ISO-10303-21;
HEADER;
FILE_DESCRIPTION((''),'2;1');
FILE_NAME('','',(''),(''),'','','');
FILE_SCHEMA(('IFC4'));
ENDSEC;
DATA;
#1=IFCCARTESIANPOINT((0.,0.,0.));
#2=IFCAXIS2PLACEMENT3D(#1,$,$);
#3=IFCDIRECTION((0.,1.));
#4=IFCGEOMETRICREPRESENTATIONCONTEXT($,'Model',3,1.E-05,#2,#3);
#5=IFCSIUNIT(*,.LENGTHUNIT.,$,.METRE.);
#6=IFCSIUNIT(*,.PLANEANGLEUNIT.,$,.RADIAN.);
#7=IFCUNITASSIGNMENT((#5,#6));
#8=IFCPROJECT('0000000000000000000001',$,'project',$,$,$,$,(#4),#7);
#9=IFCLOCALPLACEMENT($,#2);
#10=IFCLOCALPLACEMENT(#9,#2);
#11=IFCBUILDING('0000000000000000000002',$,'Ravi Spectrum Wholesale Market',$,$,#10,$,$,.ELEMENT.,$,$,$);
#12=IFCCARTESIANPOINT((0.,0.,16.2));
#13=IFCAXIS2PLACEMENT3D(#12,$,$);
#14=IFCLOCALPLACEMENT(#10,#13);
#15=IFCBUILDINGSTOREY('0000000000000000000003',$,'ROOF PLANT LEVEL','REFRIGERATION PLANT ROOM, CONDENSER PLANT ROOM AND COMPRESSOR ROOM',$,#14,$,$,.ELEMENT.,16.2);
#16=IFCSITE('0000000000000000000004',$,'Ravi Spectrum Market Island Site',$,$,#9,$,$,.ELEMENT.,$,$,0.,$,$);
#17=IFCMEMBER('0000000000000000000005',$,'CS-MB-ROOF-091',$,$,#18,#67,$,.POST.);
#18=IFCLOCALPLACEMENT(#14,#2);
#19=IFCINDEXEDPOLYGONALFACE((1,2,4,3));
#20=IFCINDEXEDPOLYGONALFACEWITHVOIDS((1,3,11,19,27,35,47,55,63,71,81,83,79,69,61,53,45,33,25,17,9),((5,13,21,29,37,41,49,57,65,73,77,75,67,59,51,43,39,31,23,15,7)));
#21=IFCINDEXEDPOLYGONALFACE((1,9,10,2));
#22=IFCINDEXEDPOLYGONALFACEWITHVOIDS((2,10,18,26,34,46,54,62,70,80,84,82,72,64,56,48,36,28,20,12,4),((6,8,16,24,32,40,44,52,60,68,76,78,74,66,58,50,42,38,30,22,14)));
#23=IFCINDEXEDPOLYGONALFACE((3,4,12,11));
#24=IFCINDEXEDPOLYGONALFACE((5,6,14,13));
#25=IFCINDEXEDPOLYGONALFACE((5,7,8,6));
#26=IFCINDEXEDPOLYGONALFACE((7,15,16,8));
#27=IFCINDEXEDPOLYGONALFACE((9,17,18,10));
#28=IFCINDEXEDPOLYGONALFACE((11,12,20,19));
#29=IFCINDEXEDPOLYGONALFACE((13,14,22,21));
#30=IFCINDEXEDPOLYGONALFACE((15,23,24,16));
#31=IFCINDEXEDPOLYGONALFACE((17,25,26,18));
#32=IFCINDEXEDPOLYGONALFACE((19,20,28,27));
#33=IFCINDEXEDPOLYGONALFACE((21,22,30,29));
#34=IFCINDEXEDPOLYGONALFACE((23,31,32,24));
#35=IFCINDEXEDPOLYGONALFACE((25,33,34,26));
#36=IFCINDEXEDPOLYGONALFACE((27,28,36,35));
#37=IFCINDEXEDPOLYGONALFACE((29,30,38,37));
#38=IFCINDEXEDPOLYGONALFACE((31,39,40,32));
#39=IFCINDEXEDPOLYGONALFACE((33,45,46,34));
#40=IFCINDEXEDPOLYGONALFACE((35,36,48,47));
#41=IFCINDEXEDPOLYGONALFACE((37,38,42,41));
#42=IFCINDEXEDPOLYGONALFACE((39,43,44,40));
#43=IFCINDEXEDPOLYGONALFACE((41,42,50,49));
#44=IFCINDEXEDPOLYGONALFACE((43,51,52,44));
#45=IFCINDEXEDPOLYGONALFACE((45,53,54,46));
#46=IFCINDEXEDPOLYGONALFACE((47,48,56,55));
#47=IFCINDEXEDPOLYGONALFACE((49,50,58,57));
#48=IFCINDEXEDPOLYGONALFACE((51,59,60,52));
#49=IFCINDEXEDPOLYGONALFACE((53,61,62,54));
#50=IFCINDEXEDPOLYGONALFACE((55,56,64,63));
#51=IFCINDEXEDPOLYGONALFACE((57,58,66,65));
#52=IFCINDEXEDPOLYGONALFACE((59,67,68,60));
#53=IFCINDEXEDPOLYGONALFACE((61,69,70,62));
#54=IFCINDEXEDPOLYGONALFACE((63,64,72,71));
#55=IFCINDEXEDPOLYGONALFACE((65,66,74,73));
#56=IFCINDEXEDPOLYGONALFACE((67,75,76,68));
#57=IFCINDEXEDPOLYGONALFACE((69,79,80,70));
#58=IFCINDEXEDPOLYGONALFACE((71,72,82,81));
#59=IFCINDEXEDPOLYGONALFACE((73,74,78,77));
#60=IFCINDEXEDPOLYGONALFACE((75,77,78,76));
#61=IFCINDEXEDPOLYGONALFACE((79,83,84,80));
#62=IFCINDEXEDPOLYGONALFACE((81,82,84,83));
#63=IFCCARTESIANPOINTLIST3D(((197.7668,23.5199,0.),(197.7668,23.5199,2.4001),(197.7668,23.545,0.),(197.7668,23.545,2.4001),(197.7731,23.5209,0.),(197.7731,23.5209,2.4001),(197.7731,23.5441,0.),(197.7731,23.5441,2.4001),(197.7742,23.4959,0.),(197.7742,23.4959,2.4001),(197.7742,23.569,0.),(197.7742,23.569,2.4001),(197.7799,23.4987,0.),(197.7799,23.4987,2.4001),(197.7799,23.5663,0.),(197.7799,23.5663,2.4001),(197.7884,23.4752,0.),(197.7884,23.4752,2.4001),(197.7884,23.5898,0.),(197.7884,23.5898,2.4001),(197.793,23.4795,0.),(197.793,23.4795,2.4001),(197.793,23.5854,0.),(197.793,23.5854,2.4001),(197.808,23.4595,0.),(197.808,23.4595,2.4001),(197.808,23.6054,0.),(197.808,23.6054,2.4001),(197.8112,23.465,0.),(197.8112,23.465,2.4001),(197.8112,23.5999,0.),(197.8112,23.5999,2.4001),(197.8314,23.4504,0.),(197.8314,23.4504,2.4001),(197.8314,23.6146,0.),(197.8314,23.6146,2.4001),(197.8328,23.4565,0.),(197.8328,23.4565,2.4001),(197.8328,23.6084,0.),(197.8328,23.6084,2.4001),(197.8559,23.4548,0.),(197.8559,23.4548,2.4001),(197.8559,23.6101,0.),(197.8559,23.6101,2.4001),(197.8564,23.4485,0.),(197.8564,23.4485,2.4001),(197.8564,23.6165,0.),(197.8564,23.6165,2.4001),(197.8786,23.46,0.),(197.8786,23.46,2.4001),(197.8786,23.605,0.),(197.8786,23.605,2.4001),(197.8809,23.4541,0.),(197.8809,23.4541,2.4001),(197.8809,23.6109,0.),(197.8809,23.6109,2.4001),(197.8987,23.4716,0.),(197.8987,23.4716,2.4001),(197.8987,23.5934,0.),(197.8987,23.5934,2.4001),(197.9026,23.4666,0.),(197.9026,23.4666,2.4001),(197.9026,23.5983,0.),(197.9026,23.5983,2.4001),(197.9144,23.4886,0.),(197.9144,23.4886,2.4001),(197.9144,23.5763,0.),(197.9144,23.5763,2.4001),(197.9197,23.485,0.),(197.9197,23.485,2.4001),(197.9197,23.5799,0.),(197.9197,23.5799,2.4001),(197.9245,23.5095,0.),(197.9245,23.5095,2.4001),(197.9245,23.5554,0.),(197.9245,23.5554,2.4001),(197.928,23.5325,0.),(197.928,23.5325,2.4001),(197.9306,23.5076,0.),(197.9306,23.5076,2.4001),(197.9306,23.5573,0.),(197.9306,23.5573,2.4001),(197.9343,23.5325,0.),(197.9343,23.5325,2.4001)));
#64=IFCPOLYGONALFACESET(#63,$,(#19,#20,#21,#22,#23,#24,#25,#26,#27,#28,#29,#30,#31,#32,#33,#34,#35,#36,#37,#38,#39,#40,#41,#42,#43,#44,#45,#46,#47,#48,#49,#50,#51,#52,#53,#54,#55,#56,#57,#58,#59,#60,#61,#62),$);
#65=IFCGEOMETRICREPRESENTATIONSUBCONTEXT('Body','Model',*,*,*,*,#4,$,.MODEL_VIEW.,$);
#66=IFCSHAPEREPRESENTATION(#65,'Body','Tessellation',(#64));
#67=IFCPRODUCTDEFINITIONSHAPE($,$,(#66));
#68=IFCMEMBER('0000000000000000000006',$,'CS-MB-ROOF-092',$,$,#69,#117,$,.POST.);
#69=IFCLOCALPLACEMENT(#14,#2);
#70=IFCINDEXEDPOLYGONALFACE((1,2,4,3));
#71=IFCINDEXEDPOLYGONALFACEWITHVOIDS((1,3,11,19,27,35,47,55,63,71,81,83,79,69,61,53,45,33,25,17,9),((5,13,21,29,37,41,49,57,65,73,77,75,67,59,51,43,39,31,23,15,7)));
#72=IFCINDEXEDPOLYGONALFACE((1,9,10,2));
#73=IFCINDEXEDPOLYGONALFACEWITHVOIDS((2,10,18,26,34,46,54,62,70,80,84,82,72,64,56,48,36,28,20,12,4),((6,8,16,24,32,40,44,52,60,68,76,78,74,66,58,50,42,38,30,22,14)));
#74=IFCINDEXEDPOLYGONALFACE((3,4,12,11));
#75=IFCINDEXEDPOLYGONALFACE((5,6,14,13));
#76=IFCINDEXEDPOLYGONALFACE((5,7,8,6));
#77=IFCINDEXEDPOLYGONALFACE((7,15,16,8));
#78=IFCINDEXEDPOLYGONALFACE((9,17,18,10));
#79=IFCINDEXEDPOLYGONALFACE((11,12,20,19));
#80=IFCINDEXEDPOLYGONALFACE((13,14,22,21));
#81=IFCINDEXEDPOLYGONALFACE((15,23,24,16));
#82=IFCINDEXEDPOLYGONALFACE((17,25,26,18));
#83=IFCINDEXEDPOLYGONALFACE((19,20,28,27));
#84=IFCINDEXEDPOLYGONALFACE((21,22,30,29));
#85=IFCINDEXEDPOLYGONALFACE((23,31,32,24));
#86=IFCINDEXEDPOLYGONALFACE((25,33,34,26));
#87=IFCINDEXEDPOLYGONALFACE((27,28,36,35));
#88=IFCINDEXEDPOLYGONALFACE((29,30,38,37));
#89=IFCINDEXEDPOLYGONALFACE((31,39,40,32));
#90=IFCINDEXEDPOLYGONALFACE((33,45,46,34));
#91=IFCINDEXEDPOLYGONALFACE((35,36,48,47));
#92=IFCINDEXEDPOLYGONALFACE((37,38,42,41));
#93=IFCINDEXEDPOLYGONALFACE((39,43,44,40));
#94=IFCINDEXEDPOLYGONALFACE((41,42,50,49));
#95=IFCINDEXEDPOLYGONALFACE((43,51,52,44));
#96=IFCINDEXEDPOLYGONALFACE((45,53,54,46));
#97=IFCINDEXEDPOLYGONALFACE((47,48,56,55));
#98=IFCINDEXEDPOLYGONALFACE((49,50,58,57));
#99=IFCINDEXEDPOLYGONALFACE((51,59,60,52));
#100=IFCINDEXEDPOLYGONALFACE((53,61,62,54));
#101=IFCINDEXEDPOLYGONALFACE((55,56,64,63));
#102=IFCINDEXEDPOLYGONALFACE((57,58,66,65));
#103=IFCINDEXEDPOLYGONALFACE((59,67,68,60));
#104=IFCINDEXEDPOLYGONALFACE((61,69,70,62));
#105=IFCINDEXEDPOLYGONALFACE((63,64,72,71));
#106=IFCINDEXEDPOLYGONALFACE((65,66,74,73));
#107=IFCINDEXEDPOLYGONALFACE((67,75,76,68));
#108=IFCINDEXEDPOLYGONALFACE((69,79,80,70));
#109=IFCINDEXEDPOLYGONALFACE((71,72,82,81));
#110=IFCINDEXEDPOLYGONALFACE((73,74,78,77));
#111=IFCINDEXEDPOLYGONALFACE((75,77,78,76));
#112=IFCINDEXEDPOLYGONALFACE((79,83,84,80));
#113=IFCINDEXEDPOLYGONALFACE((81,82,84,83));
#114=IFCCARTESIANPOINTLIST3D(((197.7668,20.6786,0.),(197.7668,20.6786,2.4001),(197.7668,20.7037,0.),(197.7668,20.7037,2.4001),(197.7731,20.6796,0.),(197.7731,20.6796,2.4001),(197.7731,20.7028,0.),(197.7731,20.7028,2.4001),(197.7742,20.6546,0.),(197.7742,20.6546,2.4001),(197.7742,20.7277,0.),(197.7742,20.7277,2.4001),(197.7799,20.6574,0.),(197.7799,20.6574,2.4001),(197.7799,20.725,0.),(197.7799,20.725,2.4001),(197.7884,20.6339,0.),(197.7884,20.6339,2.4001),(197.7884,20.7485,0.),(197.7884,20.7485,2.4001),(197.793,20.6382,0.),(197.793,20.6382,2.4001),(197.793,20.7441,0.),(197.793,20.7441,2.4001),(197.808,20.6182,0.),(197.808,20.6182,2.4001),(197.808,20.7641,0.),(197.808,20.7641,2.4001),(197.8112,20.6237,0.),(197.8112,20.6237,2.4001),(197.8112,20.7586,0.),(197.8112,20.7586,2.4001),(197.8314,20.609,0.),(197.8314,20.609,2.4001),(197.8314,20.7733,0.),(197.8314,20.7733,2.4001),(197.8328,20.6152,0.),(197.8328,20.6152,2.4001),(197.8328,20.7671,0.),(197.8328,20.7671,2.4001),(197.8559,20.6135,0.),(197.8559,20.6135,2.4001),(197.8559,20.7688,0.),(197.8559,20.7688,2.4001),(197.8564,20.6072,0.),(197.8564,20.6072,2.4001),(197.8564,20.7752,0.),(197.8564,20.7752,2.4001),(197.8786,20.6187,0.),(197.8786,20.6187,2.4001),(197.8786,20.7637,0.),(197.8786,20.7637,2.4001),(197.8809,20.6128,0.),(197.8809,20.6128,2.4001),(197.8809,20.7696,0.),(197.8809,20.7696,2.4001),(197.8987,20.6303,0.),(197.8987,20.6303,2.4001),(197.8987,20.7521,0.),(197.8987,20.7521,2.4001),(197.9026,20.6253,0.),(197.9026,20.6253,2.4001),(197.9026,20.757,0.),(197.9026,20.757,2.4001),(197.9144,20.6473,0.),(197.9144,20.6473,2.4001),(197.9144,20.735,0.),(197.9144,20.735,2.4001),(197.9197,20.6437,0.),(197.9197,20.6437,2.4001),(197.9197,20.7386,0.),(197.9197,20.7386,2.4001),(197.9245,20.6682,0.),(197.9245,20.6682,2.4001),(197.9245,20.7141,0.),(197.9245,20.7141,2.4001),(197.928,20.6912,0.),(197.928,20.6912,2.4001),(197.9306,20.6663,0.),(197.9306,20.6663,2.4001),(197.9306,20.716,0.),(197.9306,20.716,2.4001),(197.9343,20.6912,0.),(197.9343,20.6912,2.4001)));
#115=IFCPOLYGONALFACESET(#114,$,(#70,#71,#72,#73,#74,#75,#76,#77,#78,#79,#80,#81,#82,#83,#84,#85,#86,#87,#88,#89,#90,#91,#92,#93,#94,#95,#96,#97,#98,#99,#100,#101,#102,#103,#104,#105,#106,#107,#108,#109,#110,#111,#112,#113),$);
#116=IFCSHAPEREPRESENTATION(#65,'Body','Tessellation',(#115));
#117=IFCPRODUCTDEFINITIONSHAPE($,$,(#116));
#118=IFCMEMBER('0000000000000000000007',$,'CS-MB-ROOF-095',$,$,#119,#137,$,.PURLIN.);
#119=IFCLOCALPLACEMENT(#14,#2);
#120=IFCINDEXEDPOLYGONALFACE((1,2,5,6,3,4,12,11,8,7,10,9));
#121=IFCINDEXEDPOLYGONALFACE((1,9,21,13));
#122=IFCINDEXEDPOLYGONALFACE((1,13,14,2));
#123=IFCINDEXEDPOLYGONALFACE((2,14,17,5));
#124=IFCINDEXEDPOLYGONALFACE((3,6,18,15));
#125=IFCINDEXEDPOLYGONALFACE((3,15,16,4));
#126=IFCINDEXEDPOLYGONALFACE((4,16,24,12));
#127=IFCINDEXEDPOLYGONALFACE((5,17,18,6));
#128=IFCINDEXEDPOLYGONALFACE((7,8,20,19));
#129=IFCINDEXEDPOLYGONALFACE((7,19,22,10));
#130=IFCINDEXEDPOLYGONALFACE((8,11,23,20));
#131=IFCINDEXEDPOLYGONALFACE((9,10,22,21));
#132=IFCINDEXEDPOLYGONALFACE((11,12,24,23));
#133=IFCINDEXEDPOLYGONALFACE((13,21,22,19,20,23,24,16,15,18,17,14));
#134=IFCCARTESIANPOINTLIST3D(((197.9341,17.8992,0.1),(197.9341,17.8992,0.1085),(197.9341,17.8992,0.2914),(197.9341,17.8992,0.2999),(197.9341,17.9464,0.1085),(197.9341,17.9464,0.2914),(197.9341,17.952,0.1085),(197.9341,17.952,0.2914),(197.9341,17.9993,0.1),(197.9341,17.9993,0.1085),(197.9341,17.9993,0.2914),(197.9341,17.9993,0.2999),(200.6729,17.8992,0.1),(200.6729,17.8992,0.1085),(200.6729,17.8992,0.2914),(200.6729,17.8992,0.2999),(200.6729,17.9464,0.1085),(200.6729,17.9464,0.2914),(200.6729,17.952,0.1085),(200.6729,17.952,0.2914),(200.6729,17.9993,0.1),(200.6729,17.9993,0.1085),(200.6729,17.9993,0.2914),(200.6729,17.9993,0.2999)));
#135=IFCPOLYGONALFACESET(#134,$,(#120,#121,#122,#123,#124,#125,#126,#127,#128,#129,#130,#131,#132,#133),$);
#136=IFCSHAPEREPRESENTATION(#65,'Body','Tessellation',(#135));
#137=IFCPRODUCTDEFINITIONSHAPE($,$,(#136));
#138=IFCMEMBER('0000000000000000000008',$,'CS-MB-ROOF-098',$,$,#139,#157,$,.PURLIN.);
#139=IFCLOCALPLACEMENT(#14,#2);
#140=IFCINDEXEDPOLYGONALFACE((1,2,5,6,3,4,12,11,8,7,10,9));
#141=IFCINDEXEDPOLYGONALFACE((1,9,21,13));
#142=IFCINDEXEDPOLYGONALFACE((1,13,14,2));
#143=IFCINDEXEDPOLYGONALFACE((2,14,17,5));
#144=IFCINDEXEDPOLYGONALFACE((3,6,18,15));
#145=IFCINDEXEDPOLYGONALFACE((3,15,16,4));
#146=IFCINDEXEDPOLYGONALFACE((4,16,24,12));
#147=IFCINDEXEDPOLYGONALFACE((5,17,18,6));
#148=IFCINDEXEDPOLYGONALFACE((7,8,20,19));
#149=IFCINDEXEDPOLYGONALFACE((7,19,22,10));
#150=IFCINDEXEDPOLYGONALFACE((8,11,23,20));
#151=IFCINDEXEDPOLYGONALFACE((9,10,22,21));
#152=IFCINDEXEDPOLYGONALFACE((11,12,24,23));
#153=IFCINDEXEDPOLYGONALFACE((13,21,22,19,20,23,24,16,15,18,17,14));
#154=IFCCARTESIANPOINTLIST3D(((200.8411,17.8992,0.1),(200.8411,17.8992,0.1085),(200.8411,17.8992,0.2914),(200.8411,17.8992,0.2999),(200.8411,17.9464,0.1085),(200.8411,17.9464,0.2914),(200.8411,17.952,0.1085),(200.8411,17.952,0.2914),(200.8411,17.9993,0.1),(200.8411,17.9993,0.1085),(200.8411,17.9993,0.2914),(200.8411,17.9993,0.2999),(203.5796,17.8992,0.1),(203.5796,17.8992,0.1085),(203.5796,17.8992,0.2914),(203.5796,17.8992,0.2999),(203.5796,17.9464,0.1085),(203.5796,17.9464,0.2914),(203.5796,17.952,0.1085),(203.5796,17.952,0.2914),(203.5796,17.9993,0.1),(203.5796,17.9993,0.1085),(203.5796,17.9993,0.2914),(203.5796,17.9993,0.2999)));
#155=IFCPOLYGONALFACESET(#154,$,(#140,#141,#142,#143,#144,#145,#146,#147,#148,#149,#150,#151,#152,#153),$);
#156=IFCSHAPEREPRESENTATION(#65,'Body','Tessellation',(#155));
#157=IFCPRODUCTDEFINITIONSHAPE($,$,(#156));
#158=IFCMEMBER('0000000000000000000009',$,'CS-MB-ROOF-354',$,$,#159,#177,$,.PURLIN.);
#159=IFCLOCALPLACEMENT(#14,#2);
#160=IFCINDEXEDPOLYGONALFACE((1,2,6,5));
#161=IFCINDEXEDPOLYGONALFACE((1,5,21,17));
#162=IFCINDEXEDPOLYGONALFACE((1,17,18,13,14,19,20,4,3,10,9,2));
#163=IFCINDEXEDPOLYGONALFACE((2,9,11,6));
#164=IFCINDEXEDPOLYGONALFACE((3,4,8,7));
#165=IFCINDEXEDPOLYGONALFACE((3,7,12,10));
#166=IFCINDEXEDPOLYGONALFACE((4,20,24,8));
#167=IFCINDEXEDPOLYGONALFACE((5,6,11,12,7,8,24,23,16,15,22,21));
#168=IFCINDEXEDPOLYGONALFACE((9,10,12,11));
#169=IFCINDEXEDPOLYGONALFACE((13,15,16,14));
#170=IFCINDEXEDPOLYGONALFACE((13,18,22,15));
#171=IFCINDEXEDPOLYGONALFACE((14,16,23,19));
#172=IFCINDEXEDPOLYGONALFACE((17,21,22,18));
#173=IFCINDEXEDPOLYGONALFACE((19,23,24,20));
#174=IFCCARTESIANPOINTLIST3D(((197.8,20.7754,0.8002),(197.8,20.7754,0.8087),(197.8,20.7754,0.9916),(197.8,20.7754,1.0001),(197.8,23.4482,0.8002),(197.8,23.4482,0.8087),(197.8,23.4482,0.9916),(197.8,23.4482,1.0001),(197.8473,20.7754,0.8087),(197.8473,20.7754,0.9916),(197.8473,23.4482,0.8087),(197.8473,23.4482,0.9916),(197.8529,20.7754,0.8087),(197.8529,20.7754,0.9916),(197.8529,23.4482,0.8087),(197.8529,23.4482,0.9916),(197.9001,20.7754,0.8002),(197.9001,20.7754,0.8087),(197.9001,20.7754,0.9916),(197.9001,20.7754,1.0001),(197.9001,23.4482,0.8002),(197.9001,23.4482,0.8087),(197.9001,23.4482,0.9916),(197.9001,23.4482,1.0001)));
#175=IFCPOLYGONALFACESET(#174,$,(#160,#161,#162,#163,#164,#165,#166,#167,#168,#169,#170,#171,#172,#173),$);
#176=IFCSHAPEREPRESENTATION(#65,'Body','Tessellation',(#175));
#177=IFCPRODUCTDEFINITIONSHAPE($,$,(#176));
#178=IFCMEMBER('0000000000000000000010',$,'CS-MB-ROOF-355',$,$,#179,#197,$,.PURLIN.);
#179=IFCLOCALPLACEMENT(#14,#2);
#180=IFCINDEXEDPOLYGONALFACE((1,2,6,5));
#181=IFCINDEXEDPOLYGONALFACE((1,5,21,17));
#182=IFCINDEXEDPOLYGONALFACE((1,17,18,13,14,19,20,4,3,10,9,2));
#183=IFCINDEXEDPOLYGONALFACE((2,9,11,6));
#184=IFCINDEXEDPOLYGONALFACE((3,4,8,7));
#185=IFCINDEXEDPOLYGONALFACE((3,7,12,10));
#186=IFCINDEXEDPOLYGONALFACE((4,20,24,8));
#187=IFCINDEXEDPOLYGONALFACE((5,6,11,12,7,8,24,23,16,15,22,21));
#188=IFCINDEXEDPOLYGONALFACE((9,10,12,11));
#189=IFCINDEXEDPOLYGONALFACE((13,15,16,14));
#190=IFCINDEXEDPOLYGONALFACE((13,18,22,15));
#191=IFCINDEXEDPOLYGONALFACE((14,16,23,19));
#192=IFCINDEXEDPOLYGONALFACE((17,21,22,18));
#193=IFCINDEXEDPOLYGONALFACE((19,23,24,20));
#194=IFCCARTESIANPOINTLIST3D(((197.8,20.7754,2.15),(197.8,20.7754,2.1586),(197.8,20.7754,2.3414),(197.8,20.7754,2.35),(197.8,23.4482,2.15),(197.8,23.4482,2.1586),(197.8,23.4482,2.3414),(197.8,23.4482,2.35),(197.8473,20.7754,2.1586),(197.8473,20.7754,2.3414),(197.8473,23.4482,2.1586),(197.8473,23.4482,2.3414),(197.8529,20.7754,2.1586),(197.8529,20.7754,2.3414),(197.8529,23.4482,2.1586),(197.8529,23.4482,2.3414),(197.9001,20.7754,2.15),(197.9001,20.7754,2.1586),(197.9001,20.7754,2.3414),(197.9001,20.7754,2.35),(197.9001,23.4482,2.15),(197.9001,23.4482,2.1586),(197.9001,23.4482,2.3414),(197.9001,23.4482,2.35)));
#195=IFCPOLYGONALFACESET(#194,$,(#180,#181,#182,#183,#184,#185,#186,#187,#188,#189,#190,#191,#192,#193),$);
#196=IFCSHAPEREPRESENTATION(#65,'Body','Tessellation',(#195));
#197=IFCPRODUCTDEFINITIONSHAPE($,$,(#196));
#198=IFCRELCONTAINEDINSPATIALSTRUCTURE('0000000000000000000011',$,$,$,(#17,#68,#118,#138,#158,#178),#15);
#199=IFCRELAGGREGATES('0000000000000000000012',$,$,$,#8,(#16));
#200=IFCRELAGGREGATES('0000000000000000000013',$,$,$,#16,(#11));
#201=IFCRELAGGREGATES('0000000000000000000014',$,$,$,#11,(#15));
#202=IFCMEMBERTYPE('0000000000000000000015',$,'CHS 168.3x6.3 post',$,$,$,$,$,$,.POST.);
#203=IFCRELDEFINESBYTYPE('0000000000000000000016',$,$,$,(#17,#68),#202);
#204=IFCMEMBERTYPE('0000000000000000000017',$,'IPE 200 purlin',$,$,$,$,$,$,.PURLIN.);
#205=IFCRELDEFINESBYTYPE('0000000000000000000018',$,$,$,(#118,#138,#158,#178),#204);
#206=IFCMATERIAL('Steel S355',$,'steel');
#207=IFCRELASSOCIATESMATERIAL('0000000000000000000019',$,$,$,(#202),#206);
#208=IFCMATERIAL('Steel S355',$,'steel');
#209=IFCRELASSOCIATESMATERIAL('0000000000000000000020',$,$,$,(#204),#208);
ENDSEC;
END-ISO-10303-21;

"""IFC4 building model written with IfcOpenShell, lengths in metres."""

from ifc_helpers import new_model, si_unit, direction, frame, origin, origin_2d, place, context, subcontext, project, spatial, hollow_circle, i_section, extrude, material, material_profile, profile_set, type_object, element, save


model = new_model("IFC4")

# Units and contexts
model_context = context("Model", 3, precision=1e-05, world=origin(), true_north=direction((0.0, 1.0)))
body_context = subcontext(model_context, "Body", "Model", "MODEL_VIEW")
ifc_project = project(units=[si_unit("LENGTHUNIT", "METRE"), si_unit("PLANEANGLEUNIT", "RADIAN")], contexts=[model_context])

# Site, building, storey
site_placement = place(None, origin())
site = spatial("IfcSite", under=ifc_project, at=site_placement, Name="Ravi Spectrum Market Island Site", CompositionType="ELEMENT", RefElevation=0.0)
building_placement = place(site_placement, origin())
building = spatial("IfcBuilding", under=site, at=building_placement, Name="Ravi Spectrum Wholesale Market", CompositionType="ELEMENT")
storey_placement = place(building_placement, frame((0.0, 0.0, 16.2)))
storey = spatial("IfcBuildingStorey", under=building, at=storey_placement, Name="ROOF PLANT LEVEL", Description="REFRIGERATION PLANT ROOM, CONDENSER PLANT ROOM AND COMPRESSOR ROOM", CompositionType="ELEMENT", Elevation=16.2)

# Members
ifc_material_1 = material(Name="Steel S355", Category="steel")
ifc_material_profile_1 = material_profile(ifc_material_1, hollow_circle(Radius=0.0842, WallThickness=0.0063, at=origin_2d()))
ifc_profile_set_1 = profile_set([ifc_material_profile_1], Name="Steel S355")
member_type_1 = type_object("IfcMemberType", Name="CHS 168.3x6.3 post", PredefinedType="POST", material=ifc_profile_set_1)
for number, where, z_axis, x_axis, name in (
    (1, (197.8501, 23.5325, 0.0), (0.0, 0.0, 1.0), (1.0, 0.0, 0.0), "CS-MB-ROOF-091"),
    (2, (197.8501, 20.6912, 0.0), (0.0, 0.0, 1.0), (1.0, 0.0, 0.0), "CS-MB-ROOF-092"),
):
    element("IfcMember", number, at=place(storey_placement, frame(where, z_axis=z_axis, x_axis=x_axis)), inside=storey, type_object=member_type_1, Name=name, PredefinedType="POST", context=body_context, shape_type="SweptSolid", body=[
        extrude(hollow_circle(Radius=0.0842, WallThickness=0.0063, at=origin_2d()), origin(), (0.0, 0.0, 1.0), 2.4001),
    ])
ifc_material_2 = material(Name="Steel S355", Category="steel")
ifc_material_profile_2 = material_profile(ifc_material_2, i_section(OverallWidth=0.1001, OverallDepth=0.2, WebThickness=0.0056, FlangeThickness=0.0085, at=origin_2d()))
ifc_profile_set_2 = profile_set([ifc_material_profile_2], Name="Steel S355")
member_type_2 = type_object("IfcMemberType", Name="IPE 200 purlin", PredefinedType="PURLIN", material=ifc_profile_set_2)
member_1_placement = place(storey_placement, frame((197.9341, 17.9492, 0.2), z_axis=(1.0, 0.0, 0.0), x_axis=(0.0, 1.0, 0.0)))
element("IfcMember", 3, at=member_1_placement, inside=storey, type_object=member_type_2, Name="CS-MB-ROOF-095", PredefinedType="PURLIN", context=body_context, shape_type="SweptSolid", body=[
    extrude(i_section(OverallWidth=0.1001, OverallDepth=0.2, WebThickness=0.0056, FlangeThickness=0.0085, at=origin_2d()), origin(), (0.0, 0.0, 1.0), 2.7388),
])
member_2_placement = place(storey_placement, frame((200.8411, 17.9492, 0.2), z_axis=(1.0, 0.0, 0.0), x_axis=(0.0, 1.0, 0.0)))
element("IfcMember", 4, at=member_2_placement, inside=storey, type_object=member_type_2, Name="CS-MB-ROOF-098", PredefinedType="PURLIN", context=body_context, shape_type="SweptSolid", body=[
    extrude(i_section(OverallWidth=0.1001, OverallDepth=0.2, WebThickness=0.0056, FlangeThickness=0.0085, at=origin_2d()), origin(), (0.0, 0.0, 1.0), 2.7385),
])
for number, where, z_axis, x_axis, name in (
    (5, (197.8501, 23.4482, 0.9001), (0.0, -1.0, 0.0), (1.0, 0.0, 0.0), "CS-MB-ROOF-354"),
    (6, (197.8501, 23.4482, 2.25), (0.0, -1.0, 0.0), (1.0, 0.0, 0.0), "CS-MB-ROOF-355"),
):
    element("IfcMember", number, at=place(storey_placement, frame(where, z_axis=z_axis, x_axis=x_axis)), inside=storey, type_object=member_type_2, Name=name, PredefinedType="PURLIN", context=body_context, shape_type="SweptSolid", body=[
        extrude(i_section(OverallWidth=0.1001, OverallDepth=0.2, WebThickness=0.0056, FlangeThickness=0.0085, at=origin_2d()), origin(), (0.0, 0.0, 1.0), 2.6729),
    ])

save(model, "model.ifc")
